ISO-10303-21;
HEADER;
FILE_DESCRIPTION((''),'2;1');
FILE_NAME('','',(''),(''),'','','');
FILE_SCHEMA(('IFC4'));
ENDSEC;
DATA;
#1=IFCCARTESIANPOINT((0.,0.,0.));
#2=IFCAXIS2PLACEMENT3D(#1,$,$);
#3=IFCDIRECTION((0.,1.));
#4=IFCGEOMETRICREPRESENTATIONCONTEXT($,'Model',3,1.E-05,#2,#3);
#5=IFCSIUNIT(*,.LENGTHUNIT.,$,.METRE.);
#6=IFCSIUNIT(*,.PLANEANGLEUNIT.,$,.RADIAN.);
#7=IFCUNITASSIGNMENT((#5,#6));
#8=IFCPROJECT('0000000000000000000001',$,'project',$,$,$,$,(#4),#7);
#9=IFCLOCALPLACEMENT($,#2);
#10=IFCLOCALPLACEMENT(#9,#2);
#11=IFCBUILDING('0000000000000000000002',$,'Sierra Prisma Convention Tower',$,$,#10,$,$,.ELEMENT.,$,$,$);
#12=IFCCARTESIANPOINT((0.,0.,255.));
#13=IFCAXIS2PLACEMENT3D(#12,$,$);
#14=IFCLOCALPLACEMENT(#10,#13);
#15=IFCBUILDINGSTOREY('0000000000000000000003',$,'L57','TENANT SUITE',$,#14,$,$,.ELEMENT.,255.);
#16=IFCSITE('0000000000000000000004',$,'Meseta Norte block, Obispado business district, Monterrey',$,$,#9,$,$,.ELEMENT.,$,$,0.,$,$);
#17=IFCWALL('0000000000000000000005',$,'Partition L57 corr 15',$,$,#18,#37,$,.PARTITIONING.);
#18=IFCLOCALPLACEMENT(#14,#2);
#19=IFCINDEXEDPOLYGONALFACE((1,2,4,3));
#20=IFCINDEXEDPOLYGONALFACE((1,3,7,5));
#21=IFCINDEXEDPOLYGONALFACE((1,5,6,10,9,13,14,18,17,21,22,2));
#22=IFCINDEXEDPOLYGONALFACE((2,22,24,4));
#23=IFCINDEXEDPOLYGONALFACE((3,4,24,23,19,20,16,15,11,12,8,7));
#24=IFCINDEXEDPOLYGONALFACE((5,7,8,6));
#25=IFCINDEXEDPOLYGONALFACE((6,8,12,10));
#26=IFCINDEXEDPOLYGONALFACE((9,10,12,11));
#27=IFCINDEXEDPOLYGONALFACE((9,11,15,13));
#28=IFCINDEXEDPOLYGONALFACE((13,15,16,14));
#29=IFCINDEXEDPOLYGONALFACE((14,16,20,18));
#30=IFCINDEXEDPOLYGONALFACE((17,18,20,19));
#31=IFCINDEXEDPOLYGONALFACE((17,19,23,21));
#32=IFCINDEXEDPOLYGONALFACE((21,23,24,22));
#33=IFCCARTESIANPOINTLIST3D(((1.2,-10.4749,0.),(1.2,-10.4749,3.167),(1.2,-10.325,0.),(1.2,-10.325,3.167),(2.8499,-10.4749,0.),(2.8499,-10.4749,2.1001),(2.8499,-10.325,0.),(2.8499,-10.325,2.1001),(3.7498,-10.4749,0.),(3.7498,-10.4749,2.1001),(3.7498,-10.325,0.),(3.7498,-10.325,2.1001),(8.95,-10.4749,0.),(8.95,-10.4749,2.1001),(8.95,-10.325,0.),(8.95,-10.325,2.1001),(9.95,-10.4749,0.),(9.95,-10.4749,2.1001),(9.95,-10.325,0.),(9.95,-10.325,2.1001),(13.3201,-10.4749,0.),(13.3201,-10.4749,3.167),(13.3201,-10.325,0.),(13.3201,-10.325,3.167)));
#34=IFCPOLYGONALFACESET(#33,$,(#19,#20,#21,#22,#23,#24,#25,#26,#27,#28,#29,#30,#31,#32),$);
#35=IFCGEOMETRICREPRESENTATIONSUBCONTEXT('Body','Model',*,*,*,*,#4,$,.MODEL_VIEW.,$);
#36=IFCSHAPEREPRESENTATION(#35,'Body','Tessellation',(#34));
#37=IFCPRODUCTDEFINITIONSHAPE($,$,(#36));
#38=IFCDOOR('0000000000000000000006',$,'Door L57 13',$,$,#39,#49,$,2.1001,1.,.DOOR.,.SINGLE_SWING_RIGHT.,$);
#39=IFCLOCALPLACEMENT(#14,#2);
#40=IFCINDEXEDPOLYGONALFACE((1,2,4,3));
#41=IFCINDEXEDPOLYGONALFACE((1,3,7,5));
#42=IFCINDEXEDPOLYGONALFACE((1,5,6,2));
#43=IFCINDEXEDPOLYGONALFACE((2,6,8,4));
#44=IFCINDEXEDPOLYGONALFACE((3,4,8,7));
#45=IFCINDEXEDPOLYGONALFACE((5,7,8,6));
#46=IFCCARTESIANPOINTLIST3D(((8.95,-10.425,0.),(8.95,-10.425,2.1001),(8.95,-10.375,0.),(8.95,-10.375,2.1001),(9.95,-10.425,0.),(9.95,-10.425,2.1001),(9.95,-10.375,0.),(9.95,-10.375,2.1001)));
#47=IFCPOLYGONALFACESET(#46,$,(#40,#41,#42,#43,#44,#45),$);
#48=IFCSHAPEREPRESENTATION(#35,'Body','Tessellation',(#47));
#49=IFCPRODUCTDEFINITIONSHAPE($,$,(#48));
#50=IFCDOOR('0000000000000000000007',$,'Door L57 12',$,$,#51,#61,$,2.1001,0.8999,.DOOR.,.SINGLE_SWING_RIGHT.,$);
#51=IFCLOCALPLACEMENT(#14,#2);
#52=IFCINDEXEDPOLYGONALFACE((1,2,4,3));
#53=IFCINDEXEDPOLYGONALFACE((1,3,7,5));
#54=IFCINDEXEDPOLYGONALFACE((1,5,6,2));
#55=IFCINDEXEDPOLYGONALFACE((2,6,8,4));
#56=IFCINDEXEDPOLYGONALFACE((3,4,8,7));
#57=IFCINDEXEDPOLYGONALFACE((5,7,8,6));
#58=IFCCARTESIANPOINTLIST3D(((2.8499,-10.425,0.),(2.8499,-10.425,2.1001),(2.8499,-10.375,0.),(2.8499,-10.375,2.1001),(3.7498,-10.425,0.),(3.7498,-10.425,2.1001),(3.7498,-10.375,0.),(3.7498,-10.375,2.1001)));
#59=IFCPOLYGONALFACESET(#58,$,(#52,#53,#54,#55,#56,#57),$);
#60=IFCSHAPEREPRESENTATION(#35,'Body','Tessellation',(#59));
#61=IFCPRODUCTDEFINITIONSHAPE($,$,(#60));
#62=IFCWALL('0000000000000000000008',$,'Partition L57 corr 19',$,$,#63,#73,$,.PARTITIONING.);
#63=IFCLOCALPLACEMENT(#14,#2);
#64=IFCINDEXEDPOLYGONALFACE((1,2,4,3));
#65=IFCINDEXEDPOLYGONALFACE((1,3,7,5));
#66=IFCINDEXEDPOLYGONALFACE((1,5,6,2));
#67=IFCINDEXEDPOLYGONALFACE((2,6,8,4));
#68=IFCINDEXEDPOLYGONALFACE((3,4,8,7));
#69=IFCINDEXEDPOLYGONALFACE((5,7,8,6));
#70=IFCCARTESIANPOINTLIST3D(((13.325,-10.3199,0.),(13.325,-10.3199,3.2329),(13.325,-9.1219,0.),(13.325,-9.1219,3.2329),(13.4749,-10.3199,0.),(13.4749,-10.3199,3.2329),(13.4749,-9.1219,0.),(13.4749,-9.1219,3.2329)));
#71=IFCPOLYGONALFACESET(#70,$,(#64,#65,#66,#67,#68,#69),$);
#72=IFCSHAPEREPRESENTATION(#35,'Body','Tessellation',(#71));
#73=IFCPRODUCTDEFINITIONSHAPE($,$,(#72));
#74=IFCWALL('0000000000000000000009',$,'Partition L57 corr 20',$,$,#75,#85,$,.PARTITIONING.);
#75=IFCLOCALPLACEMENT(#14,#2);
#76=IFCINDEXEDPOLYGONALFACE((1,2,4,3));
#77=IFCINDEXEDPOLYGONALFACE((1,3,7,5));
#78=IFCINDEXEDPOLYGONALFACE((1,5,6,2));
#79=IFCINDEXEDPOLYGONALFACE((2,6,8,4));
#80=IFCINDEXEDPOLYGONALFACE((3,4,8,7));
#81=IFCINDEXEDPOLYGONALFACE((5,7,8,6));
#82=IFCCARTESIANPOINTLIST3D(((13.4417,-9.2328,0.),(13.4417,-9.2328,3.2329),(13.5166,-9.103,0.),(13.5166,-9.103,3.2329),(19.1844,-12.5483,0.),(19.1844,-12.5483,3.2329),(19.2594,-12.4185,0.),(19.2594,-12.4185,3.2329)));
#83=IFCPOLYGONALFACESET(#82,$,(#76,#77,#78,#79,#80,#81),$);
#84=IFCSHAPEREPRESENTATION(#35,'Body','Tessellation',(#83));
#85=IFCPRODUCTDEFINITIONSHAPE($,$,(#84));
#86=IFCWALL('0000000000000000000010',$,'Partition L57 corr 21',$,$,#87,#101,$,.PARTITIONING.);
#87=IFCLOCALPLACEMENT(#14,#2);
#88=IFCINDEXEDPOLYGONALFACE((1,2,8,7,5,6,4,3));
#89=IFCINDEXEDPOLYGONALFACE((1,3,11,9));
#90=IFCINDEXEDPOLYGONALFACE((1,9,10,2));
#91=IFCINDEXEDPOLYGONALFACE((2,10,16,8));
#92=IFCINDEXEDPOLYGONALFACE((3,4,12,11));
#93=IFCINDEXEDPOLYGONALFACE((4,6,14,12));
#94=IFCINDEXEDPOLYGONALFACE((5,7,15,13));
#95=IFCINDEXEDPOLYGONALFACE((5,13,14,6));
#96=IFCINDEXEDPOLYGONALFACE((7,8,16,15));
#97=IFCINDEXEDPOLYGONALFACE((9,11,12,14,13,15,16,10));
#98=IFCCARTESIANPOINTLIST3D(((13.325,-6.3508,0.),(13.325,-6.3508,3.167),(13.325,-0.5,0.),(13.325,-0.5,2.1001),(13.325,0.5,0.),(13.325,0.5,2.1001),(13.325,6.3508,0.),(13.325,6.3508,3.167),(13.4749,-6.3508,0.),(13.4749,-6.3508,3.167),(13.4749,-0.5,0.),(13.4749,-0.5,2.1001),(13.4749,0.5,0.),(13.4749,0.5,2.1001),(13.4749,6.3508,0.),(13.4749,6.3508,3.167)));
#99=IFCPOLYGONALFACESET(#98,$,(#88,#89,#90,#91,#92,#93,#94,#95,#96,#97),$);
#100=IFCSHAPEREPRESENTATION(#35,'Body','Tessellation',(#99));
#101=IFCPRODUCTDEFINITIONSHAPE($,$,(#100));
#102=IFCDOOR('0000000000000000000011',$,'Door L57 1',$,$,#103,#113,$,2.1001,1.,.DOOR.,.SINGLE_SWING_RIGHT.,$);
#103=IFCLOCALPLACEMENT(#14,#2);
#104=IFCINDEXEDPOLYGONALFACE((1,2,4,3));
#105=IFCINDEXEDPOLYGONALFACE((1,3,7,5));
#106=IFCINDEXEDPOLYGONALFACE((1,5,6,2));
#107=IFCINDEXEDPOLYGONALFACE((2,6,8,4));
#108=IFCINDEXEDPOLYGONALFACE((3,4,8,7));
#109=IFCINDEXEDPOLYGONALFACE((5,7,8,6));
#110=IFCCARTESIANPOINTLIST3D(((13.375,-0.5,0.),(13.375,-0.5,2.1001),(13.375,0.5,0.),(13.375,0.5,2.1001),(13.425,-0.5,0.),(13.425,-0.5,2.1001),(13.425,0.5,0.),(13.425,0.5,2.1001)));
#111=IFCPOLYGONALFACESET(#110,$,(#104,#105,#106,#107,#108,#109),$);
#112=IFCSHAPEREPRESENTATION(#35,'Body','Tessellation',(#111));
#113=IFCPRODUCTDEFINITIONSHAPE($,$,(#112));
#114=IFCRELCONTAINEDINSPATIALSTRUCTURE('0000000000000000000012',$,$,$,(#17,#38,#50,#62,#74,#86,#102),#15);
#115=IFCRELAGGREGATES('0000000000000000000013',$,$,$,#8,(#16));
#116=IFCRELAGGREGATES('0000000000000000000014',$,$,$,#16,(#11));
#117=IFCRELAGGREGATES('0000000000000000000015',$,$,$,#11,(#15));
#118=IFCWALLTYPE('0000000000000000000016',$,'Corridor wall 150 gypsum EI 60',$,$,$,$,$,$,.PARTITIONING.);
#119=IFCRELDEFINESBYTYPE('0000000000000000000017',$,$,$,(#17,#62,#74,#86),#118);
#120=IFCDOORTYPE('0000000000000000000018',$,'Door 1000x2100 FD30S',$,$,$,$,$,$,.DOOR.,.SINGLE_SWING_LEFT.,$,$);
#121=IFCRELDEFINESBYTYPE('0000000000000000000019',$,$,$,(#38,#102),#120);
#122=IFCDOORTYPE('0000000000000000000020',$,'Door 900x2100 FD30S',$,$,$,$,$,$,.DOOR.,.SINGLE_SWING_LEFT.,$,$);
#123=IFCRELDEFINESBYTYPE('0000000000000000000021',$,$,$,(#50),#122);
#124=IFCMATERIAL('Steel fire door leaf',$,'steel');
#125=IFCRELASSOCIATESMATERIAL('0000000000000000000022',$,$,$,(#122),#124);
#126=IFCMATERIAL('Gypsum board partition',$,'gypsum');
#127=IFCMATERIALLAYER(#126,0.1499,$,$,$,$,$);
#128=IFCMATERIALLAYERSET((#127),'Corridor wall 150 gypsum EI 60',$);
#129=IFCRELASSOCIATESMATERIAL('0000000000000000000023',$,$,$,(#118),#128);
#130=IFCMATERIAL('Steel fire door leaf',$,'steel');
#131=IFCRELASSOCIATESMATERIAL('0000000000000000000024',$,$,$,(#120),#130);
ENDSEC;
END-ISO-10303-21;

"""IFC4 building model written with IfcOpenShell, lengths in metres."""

from ifc_helpers import new_model, si_unit, direction, frame, frame_2d, origin, place, context, subcontext, project, spatial, rectangle, extrude, material, layer, layer_set, type_object, element, fill, save


model = new_model("IFC4")

# Units and contexts
model_context = context("Model", 3, precision=1e-05, world=origin(), true_north=direction((0.0, 1.0)))
body_context = subcontext(model_context, "Body", "Model", "MODEL_VIEW")
ifc_project = project(units=[si_unit("LENGTHUNIT", "METRE"), si_unit("PLANEANGLEUNIT", "RADIAN")], contexts=[model_context])

# Site, building, storey
site_placement = place(None, origin())
site = spatial("IfcSite", under=ifc_project, at=site_placement, Name="Meseta Norte block, Obispado business district, Monterrey", CompositionType="ELEMENT", RefElevation=0.0)
building_placement = place(site_placement, origin())
building = spatial("IfcBuilding", under=site, at=building_placement, Name="Sierra Prisma Convention Tower", CompositionType="ELEMENT")
storey_placement = place(building_placement, frame((0.0, 0.0, 255.0)))
storey = spatial("IfcBuildingStorey", under=building, at=storey_placement, Name="L57", Description="TENANT SUITE", CompositionType="ELEMENT", Elevation=255.0)

# Shared definitions
ifc_material_1 = material(Name="Steel fire door leaf", Category="steel")
door_type_1 = type_object("IfcDoorType", Name="Door 900x2100 FD30S", OperationType="SINGLE_SWING_LEFT", PredefinedType="DOOR", material=ifc_material_1)

# Wall, openings, doors
ifc_material_2 = material(Name="Gypsum board partition", Category="gypsum")
ifc_layer_1 = layer(ifc_material_2, 0.1499)
ifc_layer_set_1 = layer_set([ifc_layer_1], Name="Corridor wall 150 gypsum EI 60")
wall_type_1 = type_object("IfcWallType", Name="Corridor wall 150 gypsum EI 60", PredefinedType="PARTITIONING", material=ifc_layer_set_1)
wall_1_placement = place(storey_placement, frame((1.2, -10.3999, 0.0), z_axis=(0.0, 0.0, 1.0), x_axis=(1.0, 0.0, 0.0)))
wall_1 = element("IfcWall", 1, at=wall_1_placement, inside=storey, type_object=wall_type_1, Name="Partition L57 corr 15", PredefinedType="PARTITIONING", context=body_context, shape_type="SweptSolid", body=[
    extrude(rectangle(XDim=12.1201, YDim=0.1499, at=frame_2d((6.0601, 0.0))), origin(), (0.0, 0.0, 1.0), 3.167),
])
opening_1_placement = place(wall_1_placement, frame((1.6499, 0.0, 0.0)))
opening_1 = element("IfcOpeningElement", 2, at=opening_1_placement, cuts=wall_1, PredefinedType="OPENING", context=body_context, shape_type="SweptSolid", body=[
    extrude(rectangle(XDim=0.8999, YDim=2.1001, at=frame_2d((0.45, 1.05))), frame((0.0, 0.075, 0.0), z_axis=(0.0, -1.0, 0.0), x_axis=(1.0, 0.0, 0.0)), (0.0, 0.0, 1.0), 0.1499),
])
opening_2_placement = place(wall_1_placement, frame((7.75, 0.0, 0.0)))
opening_2 = element("IfcOpeningElement", 3, at=opening_2_placement, cuts=wall_1, PredefinedType="OPENING", context=body_context, shape_type="SweptSolid", body=[
    extrude(rectangle(XDim=1.0, YDim=2.1001, at=frame_2d((0.5, 1.05))), frame((0.0, 0.075, 0.0), z_axis=(0.0, -1.0, 0.0), x_axis=(1.0, 0.0, 0.0)), (0.0, 0.0, 1.0), 0.1499),
])
ifc_material_3 = material(Name="Steel fire door leaf", Category="steel")
door_type_2 = type_object("IfcDoorType", Name="Door 1000x2100 FD30S", OperationType="SINGLE_SWING_LEFT", PredefinedType="DOOR", material=ifc_material_3)
door_1_placement = place(opening_2_placement, origin())
door_1 = element("IfcDoor", 4, at=door_1_placement, inside=storey, type_object=door_type_2, Name="Door L57 13", OperationType="SINGLE_SWING_RIGHT", OverallHeight=2.1001, OverallWidth=1.0, PredefinedType="DOOR", context=body_context, shape_type="SweptSolid", body=[
    extrude(rectangle(XDim=1.0, YDim=2.1001, at=frame_2d((0.5, 1.05))), frame((0.0, 0.0249, 0.0), z_axis=(0.0, -1.0, 0.0), x_axis=(1.0, 0.0, 0.0)), (0.0, 0.0, 1.0), 0.05),
])
fill(opening_2, door_1)
door_2_placement = place(opening_1_placement, origin())
door_2 = element("IfcDoor", 5, at=door_2_placement, inside=storey, type_object=door_type_1, Name="Door L57 12", OperationType="SINGLE_SWING_RIGHT", OverallHeight=2.1001, OverallWidth=0.8999, PredefinedType="DOOR", context=body_context, shape_type="SweptSolid", body=[
    extrude(rectangle(XDim=0.8999, YDim=2.1001, at=frame_2d((0.45, 1.05))), frame((0.0, 0.0249, 0.0), z_axis=(0.0, -1.0, 0.0), x_axis=(1.0, 0.0, 0.0)), (0.0, 0.0, 1.0), 0.05),
])
fill(opening_1, door_2)

# Walls
wall_2_placement = place(storey_placement, frame((13.3999, -10.3201, 0.0), z_axis=(0.0, 0.0, 1.0), x_axis=(0.0, 1.0, 0.0)))
element("IfcWall", 6, at=wall_2_placement, inside=storey, type_object=wall_type_1, Name="Partition L57 corr 19", PredefinedType="PARTITIONING", context=body_context, shape_type="SweptSolid", body=[
    extrude(rectangle(XDim=1.198, YDim=0.1499, at=frame_2d((0.5991, 0.0))), origin(), (0.0, 0.0, 1.0), 3.2329),
])
wall_3_placement = place(storey_placement, frame((13.4792, -9.168, 0.0), z_axis=(0.0, 0.0, 1.0), x_axis=(0.866032, -0.499988, 0.0)))
element("IfcWall", 7, at=wall_3_placement, inside=storey, type_object=wall_type_1, Name="Partition L57 corr 20", PredefinedType="PARTITIONING", context=body_context, shape_type="SweptSolid", body=[
    extrude(rectangle(XDim=6.6311, YDim=0.1499, at=frame_2d((3.3154, 0.0))), origin(), (0.0, 0.0, 1.0), 3.2329),
])

# Wall, opening, door
wall_4_placement = place(storey_placement, frame((13.3999, -6.3508, 0.0), z_axis=(0.0, 0.0, 1.0), x_axis=(0.0, 1.0, 0.0)))
wall_4 = element("IfcWall", 8, at=wall_4_placement, inside=storey, type_object=wall_type_1, Name="Partition L57 corr 21", PredefinedType="PARTITIONING", context=body_context, shape_type="SweptSolid", body=[
    extrude(rectangle(XDim=12.7017, YDim=0.1499, at=frame_2d((6.3508, 0.0))), origin(), (0.0, 0.0, 1.0), 3.167),
])
opening_3_placement = place(wall_4_placement, frame((5.8508, 0.0, 0.0)))
opening_3 = element("IfcOpeningElement", 9, at=opening_3_placement, cuts=wall_4, PredefinedType="OPENING", context=body_context, shape_type="SweptSolid", body=[
    extrude(rectangle(XDim=1.0, YDim=2.1001, at=frame_2d((0.5, 1.05))), frame((0.0, 0.075, 0.0), z_axis=(0.0, -1.0, 0.0), x_axis=(1.0, 0.0, 0.0)), (0.0, 0.0, 1.0), 0.1499),
])
door_3_placement = place(opening_3_placement, origin())
door_3 = element("IfcDoor", 10, at=door_3_placement, inside=storey, type_object=door_type_2, Name="Door L57 1", OperationType="SINGLE_SWING_RIGHT", OverallHeight=2.1001, OverallWidth=1.0, PredefinedType="DOOR", context=body_context, shape_type="SweptSolid", body=[
    extrude(rectangle(XDim=1.0, YDim=2.1001, at=frame_2d((0.5, 1.05))), frame((0.0, 0.0249, 0.0), z_axis=(0.0, -1.0, 0.0), x_axis=(1.0, 0.0, 0.0)), (0.0, 0.0, 1.0), 0.05),
])
fill(opening_3, door_3)

save(model, "model.ifc")
